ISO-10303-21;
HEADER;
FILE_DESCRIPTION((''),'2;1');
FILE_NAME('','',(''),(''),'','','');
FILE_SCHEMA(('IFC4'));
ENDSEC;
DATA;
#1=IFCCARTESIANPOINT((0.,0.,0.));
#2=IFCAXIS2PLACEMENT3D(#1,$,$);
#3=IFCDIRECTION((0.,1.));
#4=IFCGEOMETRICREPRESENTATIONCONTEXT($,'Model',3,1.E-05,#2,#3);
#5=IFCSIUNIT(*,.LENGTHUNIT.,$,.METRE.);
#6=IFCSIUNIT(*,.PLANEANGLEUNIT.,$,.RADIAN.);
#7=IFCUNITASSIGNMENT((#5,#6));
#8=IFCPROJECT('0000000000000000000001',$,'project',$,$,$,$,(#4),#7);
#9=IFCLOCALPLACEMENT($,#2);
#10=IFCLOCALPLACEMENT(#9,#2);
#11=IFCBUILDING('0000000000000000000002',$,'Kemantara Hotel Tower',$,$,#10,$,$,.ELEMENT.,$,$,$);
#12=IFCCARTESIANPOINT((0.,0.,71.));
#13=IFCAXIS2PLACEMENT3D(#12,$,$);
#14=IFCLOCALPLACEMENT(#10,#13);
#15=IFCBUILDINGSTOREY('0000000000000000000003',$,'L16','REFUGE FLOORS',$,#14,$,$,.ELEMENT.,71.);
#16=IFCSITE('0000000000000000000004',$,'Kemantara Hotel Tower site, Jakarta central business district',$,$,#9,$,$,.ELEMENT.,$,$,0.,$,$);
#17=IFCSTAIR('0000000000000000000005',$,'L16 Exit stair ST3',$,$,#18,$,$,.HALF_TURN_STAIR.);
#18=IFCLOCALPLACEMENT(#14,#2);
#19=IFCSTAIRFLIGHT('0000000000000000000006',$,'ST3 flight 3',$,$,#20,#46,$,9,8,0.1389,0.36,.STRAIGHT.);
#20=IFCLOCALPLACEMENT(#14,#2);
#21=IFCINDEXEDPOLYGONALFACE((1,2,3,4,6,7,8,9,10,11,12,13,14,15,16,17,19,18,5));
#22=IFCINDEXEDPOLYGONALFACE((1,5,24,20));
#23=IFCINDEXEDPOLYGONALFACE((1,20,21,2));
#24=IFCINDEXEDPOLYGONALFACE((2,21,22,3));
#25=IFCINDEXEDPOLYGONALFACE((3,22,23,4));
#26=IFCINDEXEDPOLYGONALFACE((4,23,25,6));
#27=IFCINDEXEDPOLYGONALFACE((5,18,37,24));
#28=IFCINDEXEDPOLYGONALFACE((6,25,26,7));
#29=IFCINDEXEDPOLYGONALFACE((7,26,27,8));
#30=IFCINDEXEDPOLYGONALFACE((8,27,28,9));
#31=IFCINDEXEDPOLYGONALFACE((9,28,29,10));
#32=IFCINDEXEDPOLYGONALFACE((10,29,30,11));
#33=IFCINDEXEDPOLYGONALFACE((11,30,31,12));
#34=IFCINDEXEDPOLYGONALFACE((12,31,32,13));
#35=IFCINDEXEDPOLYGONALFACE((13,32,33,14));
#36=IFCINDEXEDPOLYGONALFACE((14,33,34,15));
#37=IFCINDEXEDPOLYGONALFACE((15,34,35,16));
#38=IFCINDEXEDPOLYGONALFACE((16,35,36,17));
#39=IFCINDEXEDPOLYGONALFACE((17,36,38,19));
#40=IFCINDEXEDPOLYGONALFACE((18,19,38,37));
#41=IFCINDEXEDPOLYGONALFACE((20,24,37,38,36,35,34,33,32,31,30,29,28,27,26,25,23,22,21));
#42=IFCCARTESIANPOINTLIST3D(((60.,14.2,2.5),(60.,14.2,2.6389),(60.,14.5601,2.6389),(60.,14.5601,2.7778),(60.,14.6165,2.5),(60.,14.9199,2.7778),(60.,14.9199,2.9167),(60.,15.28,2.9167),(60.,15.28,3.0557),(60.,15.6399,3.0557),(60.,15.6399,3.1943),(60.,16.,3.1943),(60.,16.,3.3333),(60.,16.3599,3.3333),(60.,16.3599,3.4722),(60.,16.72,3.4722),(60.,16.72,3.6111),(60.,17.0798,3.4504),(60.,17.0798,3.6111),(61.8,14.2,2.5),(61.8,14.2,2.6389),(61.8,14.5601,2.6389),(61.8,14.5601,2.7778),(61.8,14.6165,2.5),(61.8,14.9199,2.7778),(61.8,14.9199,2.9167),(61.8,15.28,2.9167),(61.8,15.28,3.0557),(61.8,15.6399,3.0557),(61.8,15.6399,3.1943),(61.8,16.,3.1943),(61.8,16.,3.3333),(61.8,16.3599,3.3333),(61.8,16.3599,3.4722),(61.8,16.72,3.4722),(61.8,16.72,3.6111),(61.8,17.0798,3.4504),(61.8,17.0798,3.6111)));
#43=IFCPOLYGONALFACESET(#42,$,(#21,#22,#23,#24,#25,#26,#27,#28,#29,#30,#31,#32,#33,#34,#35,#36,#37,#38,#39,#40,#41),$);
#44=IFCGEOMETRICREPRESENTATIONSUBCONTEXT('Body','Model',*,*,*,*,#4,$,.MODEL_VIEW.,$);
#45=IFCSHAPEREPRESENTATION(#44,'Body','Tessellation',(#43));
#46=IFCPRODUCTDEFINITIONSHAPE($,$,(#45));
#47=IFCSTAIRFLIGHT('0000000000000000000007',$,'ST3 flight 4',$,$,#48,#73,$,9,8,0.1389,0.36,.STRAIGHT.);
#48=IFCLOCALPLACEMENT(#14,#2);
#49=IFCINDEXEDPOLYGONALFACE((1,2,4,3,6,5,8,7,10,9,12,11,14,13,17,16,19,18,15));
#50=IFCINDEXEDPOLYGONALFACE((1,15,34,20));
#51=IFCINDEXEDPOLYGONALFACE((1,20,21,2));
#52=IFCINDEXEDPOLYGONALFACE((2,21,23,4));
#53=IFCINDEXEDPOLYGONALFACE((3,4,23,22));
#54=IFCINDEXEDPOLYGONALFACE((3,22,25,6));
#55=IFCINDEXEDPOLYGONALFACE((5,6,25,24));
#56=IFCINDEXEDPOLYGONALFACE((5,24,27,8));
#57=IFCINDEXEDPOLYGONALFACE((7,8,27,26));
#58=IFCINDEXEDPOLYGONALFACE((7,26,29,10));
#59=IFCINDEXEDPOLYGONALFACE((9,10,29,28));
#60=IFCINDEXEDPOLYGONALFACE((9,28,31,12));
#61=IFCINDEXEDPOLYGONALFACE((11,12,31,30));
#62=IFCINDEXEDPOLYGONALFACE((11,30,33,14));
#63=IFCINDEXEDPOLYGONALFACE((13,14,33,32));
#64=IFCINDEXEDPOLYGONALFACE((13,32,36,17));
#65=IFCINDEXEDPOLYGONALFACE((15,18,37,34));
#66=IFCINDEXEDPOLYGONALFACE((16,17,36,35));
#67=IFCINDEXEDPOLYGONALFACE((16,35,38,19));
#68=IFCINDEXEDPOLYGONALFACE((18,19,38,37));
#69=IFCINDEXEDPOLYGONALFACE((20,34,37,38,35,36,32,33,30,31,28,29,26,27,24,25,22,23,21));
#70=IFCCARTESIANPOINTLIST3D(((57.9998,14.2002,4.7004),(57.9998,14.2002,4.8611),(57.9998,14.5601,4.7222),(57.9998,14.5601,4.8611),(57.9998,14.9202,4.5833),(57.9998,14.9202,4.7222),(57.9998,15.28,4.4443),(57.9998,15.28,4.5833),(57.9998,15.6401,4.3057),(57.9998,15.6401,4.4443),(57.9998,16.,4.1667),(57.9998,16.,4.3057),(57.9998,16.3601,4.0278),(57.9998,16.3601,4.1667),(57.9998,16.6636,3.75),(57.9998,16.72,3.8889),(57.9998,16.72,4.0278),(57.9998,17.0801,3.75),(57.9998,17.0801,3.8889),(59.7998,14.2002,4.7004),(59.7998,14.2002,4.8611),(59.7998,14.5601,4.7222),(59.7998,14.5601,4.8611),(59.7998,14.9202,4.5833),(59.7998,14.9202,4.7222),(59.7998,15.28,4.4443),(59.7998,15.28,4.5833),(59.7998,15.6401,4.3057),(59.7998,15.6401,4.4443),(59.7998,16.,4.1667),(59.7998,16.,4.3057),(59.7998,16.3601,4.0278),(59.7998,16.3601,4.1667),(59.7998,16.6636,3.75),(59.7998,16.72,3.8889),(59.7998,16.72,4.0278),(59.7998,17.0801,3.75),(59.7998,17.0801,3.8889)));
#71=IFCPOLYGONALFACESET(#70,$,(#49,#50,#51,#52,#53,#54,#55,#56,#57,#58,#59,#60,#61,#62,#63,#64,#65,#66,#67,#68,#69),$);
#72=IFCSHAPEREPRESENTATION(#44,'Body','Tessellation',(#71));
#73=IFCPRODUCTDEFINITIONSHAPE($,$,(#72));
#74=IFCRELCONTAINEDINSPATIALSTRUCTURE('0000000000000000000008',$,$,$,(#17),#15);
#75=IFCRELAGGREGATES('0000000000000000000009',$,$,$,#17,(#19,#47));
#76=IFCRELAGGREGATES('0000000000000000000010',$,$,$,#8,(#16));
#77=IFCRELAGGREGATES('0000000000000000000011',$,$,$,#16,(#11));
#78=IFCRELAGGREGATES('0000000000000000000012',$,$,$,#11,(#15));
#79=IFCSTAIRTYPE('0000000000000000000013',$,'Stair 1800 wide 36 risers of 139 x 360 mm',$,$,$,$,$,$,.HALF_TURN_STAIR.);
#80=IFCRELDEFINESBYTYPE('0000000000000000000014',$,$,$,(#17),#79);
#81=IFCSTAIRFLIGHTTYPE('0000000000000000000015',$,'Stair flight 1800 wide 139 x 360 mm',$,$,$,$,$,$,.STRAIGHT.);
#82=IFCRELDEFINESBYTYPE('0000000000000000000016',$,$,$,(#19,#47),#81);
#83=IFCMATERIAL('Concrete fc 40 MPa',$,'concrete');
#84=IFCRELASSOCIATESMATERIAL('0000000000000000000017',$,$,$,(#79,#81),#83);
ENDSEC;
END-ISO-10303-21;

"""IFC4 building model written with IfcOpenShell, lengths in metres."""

from ifc_helpers import new_model, si_unit, direction, frame, origin, place, context, subcontext, project, spatial, polyline, outline, extrude, material, type_object, element, aggregate, save


model = new_model("IFC4")

# Units and contexts
model_context = context("Model", 3, precision=1e-05, world=origin(), true_north=direction((0.0, 1.0)))
body_context = subcontext(model_context, "Body", "Model", "MODEL_VIEW")
ifc_project = project(units=[si_unit("LENGTHUNIT", "METRE"), si_unit("PLANEANGLEUNIT", "RADIAN")], contexts=[model_context])

# Site, building, storey
site_placement = place(None, origin())
site = spatial("IfcSite", under=ifc_project, at=site_placement, Name="Kemantara Hotel Tower site, Jakarta central business district", CompositionType="ELEMENT", RefElevation=0.0)
building_placement = place(site_placement, origin())
building = spatial("IfcBuilding", under=site, at=building_placement, Name="Kemantara Hotel Tower", CompositionType="ELEMENT")
storey_placement = place(building_placement, frame((0.0, 0.0, 71.0)))
storey = spatial("IfcBuildingStorey", under=building, at=storey_placement, Name="L16", Description="REFUGE FLOORS", CompositionType="ELEMENT", Elevation=71.0)

# Shared definitions
ifc_material_1 = material(Name="Concrete fc 40 MPa", Category="concrete")

# Stair, stair flights
stair_type = type_object("IfcStairType", Name="Stair 1800 wide 36 risers of 139 x 360 mm", PredefinedType="HALF_TURN_STAIR", material=ifc_material_1)
stair_placement = place(storey_placement, origin())
stair = element("IfcStair", 1, at=stair_placement, inside=storey, type_object=stair_type, Name="L16 Exit stair ST3", PredefinedType="HALF_TURN_STAIR")
stair_flight_type = type_object("IfcStairFlightType", Name="Stair flight 1800 wide 139 x 360 mm", PredefinedType="STRAIGHT", material=ifc_material_1)
stair_flight_1_placement = place(storey_placement, frame((60.8999, 14.2, 2.5), z_axis=(0.0, 0.0, 1.0), x_axis=(0.0, 1.0, 0.0)))
stair_flight_1 = element("IfcStairFlight", 2, at=stair_flight_1_placement, type_object=stair_flight_type, Name="ST3 flight 3", NumberOfRisers=9, NumberOfTreads=8, PredefinedType="STRAIGHT", RiserHeight=0.1389, TreadLength=0.36, context=body_context, shape_type="SweptSolid", body=[
    extrude(outline(polyline([(0.0, 0.0), (0.0, 0.1389), (0.3601, 0.1389), (0.3601, 0.2778), (0.72, 0.2778), (0.72, 0.4167), (1.0801, 0.4167), (1.0801, 0.5557), (1.4399, 0.5557), (1.4399, 0.6943), (1.8, 0.6943), (1.8, 0.8333), (2.1599, 0.8333), (2.1599, 0.9722), (2.52, 0.9722), (2.52, 1.1111), (2.8799, 1.1111), (2.8799, 1.25), (2.8799, 0.9504), (0.4165, 0.0), (0.0, 0.0)])), frame((0.0, 0.8999, 0.0), z_axis=(0.0, -1.0, 0.0), x_axis=(1.0, 0.0, 0.0)), (0.0, 0.0, 1.0), 1.8),
])
stair_flight_2_placement = place(storey_placement, frame((58.8999, 17.0801, 3.75), z_axis=(0.0, 0.0, 1.0), x_axis=(0.0, -1.0, 0.0)))
stair_flight_2 = element("IfcStairFlight", 3, at=stair_flight_2_placement, type_object=stair_flight_type, Name="ST3 flight 4", NumberOfRisers=9, NumberOfTreads=8, PredefinedType="STRAIGHT", RiserHeight=0.1389, TreadLength=0.36, context=body_context, shape_type="SweptSolid", body=[
    extrude(outline(polyline([(0.0, 0.0), (0.0, 0.1389), (0.3601, 0.1389), (0.3601, 0.2778), (0.72, 0.2778), (0.72, 0.4167), (1.0801, 0.4167), (1.0801, 0.5557), (1.4399, 0.5557), (1.4399, 0.6943), (1.8, 0.6943), (1.8, 0.8333), (2.1599, 0.8333), (2.1599, 0.9722), (2.52, 0.9722), (2.52, 1.1111), (2.8799, 1.1111), (2.8799, 1.25), (2.8799, 0.9504), (0.4165, 0.0), (0.0, 0.0)])), frame((0.0, 0.8999, 0.0), z_axis=(0.0, -1.0, 0.0), x_axis=(1.0, 0.0, 0.0)), (0.0, 0.0, 1.0), 1.8),
])
aggregate(stair, [stair_flight_1, stair_flight_2])

save(model, "model.ifc")
